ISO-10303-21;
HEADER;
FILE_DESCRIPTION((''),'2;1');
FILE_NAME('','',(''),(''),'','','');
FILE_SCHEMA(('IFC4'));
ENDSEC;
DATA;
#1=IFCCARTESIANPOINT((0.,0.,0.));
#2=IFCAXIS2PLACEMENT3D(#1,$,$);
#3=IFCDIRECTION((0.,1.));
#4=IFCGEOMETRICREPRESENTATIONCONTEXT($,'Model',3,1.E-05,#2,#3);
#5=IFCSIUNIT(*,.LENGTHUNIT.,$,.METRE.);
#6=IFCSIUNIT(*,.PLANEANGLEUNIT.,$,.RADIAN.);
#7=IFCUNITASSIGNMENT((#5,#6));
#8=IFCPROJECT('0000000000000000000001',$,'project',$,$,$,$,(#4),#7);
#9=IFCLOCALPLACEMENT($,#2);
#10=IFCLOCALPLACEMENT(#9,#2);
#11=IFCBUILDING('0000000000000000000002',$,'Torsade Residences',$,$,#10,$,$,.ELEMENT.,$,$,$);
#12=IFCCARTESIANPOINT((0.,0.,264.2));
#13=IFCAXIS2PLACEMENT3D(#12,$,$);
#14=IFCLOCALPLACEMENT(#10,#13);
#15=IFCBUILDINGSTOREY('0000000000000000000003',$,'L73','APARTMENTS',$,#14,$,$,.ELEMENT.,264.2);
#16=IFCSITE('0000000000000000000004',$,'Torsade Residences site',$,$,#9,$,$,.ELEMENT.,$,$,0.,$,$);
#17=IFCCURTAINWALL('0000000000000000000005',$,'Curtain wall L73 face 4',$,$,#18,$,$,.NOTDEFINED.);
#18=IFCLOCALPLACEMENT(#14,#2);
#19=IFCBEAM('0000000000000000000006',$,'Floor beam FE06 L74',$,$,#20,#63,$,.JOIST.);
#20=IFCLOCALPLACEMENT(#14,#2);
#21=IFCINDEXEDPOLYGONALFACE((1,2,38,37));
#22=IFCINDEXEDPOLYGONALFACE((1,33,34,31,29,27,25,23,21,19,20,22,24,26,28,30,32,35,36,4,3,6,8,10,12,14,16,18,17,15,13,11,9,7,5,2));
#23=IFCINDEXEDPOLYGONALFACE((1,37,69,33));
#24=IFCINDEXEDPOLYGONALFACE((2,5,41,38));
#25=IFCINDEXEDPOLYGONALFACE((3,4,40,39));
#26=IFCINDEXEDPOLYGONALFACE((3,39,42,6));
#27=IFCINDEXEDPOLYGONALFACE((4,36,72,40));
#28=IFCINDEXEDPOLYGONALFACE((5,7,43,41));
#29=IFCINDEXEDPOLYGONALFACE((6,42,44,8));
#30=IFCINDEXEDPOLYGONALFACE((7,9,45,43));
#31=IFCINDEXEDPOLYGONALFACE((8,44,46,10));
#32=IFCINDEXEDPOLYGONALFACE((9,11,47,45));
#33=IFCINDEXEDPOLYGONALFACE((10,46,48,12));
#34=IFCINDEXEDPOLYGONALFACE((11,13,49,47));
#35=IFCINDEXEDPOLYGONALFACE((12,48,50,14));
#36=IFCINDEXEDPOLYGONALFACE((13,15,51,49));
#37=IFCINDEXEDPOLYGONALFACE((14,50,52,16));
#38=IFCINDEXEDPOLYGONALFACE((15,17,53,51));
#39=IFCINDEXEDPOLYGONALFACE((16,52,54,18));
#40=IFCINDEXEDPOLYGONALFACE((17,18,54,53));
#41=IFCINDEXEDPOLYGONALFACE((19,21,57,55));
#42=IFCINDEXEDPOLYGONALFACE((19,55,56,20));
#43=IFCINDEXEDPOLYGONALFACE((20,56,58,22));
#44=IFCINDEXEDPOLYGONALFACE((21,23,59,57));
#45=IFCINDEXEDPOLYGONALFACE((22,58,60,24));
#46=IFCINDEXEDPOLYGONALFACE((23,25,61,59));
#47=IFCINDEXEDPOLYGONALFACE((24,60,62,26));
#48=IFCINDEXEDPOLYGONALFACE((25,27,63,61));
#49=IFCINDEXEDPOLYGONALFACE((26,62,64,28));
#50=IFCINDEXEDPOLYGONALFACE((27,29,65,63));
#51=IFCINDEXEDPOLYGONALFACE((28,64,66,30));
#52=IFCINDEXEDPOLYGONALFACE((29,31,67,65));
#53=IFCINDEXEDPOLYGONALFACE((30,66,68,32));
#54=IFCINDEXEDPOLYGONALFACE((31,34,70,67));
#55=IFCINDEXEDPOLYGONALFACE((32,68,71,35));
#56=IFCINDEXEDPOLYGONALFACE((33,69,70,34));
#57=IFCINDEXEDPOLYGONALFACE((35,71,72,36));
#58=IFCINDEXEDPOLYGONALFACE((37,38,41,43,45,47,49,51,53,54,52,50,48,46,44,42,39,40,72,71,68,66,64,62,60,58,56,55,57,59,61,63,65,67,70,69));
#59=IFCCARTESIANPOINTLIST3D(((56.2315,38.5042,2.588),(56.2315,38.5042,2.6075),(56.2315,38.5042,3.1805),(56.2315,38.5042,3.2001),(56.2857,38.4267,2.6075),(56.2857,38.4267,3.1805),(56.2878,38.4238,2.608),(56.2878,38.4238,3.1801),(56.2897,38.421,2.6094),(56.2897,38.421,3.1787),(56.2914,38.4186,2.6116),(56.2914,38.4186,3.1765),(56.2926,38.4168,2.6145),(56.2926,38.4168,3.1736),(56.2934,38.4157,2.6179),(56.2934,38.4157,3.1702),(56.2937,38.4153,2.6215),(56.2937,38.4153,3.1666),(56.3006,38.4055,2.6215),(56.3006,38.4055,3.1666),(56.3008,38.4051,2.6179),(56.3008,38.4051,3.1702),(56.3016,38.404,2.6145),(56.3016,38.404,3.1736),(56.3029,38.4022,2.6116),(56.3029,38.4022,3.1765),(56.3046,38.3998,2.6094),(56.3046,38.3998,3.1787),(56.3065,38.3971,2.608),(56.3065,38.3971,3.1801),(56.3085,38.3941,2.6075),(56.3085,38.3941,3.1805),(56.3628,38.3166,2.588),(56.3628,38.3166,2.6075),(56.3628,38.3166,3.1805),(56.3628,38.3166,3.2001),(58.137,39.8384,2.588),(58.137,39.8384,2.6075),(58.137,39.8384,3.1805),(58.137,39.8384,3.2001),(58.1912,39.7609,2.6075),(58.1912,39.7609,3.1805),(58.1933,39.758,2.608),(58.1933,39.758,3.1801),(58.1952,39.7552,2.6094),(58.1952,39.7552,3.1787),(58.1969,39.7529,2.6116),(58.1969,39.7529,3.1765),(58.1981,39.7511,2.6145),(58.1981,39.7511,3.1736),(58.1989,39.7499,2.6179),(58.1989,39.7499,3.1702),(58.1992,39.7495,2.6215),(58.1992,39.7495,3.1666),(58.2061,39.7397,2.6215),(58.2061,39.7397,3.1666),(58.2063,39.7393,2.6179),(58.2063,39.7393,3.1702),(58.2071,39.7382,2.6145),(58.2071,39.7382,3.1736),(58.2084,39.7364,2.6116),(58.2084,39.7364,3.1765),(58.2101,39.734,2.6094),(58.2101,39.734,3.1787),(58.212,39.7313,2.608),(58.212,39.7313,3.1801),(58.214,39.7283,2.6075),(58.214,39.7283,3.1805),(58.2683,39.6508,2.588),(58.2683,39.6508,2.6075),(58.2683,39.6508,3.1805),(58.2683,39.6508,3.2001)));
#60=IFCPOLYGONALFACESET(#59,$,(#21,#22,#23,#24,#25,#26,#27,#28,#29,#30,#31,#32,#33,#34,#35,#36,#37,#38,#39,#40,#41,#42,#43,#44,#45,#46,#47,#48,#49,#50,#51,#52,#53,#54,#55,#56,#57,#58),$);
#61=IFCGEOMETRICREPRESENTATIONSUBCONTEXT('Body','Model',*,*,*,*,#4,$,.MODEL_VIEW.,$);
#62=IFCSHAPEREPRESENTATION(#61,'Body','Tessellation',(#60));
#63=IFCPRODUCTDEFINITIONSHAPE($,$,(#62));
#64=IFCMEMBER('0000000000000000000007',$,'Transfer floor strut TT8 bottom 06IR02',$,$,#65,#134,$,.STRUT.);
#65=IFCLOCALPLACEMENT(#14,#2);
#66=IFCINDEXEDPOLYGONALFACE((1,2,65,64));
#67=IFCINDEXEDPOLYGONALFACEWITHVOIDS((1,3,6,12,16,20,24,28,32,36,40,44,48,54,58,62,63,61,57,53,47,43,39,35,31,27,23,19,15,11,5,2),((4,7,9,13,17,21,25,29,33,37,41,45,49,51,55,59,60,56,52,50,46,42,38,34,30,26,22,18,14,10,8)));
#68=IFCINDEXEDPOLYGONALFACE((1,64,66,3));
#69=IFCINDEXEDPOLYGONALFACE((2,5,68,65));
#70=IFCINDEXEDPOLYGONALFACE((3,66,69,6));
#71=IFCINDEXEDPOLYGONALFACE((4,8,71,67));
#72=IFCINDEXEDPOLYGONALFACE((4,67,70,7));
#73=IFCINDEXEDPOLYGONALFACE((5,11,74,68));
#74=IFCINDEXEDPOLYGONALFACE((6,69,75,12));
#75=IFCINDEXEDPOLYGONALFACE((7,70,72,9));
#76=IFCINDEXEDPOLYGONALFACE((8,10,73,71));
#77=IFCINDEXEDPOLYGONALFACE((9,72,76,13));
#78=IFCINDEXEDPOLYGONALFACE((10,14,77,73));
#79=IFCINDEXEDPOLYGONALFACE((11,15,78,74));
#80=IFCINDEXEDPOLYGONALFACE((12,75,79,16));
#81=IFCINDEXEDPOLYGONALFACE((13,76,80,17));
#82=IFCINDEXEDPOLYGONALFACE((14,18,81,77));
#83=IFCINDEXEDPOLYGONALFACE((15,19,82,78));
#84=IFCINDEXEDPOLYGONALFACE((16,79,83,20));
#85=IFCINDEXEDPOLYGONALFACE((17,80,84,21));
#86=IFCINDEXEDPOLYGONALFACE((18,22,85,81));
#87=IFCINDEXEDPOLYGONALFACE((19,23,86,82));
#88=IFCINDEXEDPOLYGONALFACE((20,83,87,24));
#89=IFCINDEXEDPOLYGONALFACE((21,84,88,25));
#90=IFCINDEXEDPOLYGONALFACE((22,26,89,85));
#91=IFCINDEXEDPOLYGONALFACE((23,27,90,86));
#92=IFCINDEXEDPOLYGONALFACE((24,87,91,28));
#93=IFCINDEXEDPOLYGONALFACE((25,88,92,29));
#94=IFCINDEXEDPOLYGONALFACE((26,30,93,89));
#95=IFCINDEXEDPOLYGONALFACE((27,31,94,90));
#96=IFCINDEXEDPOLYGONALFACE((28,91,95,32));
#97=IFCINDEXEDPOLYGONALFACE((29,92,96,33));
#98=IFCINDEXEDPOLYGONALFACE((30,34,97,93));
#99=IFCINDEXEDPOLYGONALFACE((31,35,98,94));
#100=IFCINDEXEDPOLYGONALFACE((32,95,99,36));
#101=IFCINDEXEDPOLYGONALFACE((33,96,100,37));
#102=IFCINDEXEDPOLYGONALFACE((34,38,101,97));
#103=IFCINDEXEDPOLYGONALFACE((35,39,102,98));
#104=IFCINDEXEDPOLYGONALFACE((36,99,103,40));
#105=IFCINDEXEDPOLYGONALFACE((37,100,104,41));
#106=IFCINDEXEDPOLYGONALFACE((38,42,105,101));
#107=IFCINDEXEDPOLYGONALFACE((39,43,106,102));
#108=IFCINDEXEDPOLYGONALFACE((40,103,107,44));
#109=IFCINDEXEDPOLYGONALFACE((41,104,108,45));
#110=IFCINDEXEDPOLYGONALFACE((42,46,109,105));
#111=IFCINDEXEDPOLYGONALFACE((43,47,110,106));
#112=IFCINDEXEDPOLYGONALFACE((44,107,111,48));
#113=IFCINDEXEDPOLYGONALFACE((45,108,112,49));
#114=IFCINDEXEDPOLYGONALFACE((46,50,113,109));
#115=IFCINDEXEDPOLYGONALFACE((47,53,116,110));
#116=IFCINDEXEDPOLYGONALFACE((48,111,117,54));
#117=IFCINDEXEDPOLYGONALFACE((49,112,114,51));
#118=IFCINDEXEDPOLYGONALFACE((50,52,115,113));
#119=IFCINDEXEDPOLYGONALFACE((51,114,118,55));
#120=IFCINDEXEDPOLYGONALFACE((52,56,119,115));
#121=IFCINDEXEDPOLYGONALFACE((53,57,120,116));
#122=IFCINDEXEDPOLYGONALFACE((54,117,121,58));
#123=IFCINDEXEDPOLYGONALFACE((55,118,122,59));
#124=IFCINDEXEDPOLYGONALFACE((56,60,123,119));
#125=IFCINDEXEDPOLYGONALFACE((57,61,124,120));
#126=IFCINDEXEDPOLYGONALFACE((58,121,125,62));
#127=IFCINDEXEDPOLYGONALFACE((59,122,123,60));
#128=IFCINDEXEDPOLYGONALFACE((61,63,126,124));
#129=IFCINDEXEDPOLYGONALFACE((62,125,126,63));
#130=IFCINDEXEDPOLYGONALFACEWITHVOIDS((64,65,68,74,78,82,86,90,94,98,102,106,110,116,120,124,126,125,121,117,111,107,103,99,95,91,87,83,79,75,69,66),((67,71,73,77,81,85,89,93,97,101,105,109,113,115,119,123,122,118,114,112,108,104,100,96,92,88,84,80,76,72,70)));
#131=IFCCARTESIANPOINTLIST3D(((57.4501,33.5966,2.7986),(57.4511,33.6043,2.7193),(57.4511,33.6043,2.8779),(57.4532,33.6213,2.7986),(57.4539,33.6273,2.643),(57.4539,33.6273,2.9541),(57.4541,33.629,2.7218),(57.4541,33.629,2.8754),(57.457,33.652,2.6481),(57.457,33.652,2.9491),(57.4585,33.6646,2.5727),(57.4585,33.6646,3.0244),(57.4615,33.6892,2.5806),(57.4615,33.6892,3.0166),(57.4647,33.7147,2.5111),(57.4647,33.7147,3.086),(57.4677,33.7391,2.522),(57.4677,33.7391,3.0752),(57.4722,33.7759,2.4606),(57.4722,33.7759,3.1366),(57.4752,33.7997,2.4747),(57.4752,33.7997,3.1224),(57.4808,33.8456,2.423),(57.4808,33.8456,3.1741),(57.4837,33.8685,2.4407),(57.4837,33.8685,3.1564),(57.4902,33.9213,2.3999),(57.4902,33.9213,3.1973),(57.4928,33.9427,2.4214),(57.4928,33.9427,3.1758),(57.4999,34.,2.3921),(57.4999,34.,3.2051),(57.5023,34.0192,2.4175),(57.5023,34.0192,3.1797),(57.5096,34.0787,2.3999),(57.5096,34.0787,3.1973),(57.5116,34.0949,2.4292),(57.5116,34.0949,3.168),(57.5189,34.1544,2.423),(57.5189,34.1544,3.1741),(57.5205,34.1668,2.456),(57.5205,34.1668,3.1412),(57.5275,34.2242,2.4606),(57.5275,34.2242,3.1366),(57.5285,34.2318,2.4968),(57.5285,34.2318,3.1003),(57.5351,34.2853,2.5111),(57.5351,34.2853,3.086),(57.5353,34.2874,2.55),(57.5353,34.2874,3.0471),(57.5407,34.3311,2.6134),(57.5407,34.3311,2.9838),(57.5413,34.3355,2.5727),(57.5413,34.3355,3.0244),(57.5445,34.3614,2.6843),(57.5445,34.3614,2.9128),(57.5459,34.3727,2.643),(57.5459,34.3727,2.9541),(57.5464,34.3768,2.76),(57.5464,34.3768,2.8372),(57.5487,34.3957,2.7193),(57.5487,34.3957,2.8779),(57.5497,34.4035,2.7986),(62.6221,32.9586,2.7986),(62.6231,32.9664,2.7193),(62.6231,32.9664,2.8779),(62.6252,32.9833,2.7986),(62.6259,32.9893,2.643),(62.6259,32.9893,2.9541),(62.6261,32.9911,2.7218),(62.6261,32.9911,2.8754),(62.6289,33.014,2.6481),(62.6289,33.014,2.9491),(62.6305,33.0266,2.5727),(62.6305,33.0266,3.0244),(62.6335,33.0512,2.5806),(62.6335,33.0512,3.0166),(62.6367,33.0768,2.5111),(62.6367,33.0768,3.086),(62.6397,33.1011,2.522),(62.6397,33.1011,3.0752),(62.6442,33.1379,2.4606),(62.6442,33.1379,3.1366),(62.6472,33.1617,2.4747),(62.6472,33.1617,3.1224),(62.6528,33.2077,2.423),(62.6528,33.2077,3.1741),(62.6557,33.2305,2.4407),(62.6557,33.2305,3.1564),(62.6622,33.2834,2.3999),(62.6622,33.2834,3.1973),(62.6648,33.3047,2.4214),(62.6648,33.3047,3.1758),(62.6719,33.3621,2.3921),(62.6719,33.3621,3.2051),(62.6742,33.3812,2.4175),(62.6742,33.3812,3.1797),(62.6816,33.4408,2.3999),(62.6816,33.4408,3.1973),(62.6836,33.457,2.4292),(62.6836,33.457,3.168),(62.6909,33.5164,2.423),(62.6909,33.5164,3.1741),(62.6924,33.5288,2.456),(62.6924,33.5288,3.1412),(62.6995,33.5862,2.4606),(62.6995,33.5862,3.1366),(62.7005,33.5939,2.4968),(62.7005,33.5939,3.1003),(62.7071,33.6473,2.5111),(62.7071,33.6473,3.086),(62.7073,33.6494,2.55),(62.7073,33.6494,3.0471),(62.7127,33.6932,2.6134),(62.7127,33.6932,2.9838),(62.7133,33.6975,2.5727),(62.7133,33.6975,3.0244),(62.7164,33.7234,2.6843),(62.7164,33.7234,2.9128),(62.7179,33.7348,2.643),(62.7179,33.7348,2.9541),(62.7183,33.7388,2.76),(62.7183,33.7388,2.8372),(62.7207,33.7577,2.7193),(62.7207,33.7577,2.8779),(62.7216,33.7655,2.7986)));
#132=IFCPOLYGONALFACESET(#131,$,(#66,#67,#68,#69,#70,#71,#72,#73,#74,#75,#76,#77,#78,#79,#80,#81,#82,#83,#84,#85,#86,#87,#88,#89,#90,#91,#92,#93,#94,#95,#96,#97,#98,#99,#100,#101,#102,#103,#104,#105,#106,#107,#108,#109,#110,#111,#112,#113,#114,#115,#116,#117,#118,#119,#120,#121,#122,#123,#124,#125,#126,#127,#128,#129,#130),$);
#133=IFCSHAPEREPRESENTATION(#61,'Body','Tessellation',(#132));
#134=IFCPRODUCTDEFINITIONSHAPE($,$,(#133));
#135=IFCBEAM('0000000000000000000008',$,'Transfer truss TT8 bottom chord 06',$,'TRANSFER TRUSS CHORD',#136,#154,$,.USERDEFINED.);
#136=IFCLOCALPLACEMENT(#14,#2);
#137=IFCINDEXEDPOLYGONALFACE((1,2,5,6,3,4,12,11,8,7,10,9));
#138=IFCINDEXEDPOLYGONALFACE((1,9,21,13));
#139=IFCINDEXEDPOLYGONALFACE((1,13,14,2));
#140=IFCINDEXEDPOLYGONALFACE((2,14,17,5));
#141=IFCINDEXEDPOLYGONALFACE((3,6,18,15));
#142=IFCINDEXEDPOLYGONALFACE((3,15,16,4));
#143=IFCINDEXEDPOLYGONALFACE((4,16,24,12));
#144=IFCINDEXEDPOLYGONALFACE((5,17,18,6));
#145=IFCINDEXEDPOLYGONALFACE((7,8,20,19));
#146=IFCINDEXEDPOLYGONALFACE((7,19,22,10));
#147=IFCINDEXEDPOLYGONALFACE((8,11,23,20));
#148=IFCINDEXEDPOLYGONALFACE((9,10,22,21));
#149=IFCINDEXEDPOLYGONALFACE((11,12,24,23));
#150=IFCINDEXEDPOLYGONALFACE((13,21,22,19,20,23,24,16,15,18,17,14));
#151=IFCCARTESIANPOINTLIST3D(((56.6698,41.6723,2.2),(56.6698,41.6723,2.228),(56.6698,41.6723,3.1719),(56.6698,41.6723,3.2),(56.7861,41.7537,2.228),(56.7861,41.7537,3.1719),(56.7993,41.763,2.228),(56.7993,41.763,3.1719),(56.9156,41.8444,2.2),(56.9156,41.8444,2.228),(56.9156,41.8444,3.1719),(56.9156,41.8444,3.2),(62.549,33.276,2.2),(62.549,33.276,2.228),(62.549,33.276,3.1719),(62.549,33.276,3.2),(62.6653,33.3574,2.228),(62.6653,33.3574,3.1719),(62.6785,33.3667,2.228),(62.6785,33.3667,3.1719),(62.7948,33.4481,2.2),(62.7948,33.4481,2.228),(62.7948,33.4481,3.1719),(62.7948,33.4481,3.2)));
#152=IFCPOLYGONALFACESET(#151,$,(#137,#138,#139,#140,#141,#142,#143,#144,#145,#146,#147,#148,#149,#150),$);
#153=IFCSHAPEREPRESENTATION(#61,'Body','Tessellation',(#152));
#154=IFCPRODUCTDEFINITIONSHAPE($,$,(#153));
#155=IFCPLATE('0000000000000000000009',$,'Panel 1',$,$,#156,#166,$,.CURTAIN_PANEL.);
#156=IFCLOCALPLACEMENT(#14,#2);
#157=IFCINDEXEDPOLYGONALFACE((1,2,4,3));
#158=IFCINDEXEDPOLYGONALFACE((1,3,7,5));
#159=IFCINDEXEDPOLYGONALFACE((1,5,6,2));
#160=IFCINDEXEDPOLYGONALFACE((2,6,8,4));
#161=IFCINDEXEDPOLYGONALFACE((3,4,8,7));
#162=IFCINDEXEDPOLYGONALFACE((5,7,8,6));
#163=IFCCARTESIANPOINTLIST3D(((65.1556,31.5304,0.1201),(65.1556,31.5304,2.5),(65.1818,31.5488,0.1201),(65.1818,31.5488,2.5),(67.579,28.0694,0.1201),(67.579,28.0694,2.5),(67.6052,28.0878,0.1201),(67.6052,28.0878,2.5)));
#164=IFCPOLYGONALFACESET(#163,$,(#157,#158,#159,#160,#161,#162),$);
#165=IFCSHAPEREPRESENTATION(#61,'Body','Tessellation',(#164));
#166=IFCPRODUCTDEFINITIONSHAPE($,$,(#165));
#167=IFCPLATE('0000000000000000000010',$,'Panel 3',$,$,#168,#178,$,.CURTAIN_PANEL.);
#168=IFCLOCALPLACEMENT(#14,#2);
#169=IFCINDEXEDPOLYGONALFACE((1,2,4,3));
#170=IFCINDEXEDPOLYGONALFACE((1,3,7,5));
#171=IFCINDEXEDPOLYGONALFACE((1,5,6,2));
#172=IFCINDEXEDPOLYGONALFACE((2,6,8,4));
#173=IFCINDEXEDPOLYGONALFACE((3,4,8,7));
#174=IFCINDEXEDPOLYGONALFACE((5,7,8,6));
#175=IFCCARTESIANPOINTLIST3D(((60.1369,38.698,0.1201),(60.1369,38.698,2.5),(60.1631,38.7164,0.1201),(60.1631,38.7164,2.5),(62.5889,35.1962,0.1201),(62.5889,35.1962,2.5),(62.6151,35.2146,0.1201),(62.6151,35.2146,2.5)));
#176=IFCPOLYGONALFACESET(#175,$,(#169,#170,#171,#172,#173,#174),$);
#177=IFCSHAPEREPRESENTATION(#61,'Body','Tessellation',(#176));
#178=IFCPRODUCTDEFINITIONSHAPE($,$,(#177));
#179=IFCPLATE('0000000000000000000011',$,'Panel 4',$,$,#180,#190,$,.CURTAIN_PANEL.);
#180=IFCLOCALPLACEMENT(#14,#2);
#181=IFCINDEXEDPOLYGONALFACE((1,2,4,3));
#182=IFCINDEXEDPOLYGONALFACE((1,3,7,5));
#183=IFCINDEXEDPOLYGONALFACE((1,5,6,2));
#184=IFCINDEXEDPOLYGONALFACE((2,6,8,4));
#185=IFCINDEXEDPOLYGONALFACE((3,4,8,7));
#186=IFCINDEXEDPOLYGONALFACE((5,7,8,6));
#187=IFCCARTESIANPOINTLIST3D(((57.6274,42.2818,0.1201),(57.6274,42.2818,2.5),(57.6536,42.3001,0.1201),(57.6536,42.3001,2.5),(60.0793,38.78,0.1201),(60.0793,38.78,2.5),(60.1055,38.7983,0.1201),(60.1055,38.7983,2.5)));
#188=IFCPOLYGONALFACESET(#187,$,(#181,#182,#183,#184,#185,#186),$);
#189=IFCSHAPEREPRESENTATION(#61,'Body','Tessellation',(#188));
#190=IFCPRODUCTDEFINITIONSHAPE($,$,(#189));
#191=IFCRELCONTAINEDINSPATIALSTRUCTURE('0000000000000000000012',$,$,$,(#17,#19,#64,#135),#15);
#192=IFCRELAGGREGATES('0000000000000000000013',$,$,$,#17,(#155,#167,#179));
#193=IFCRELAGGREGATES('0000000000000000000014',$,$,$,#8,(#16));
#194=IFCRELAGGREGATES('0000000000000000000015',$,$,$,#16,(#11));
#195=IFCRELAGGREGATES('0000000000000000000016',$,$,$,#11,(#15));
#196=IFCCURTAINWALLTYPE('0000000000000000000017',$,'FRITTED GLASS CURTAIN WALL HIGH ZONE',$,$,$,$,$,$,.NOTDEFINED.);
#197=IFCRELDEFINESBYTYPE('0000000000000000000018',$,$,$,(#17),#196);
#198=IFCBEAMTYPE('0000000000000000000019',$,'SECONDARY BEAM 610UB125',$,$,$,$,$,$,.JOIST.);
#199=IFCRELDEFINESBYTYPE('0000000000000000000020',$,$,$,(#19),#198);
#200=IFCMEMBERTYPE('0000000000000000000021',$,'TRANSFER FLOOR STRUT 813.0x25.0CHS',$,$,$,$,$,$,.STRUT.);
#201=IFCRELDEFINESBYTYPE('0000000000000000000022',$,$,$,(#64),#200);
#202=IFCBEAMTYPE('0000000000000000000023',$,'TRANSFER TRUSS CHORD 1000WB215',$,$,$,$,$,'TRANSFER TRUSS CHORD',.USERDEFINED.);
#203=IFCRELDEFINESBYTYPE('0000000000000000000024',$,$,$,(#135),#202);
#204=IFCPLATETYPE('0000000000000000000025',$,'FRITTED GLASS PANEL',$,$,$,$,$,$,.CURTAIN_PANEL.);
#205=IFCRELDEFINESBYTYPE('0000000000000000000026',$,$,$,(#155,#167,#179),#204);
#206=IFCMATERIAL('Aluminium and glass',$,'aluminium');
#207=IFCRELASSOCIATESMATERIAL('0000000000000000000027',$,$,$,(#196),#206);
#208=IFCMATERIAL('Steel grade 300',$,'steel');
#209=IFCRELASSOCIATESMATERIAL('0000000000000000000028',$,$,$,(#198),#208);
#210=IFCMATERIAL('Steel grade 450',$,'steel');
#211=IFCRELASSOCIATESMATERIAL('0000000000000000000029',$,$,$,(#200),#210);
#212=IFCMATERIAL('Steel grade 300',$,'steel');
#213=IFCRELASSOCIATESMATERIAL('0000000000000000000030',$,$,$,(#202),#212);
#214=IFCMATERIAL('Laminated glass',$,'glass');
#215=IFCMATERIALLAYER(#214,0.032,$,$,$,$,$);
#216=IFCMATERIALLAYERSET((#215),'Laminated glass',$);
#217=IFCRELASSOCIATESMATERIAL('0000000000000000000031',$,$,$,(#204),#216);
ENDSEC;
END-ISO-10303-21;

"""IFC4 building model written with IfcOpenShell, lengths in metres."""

from ifc_helpers import new_model, si_unit, direction, frame, origin, origin_2d, place, context, subcontext, project, spatial, rectangle, hollow_circle, i_section, extrude, material, layer, layer_set, material_profile, profile_set, type_object, element, aggregate, save


model = new_model("IFC4")

# Units and contexts
model_context = context("Model", 3, precision=1e-05, world=origin(), true_north=direction((0.0, 1.0)))
body_context = subcontext(model_context, "Body", "Model", "MODEL_VIEW")
ifc_project = project(units=[si_unit("LENGTHUNIT", "METRE"), si_unit("PLANEANGLEUNIT", "RADIAN")], contexts=[model_context])

# Site, building, storey
site_placement = place(None, origin())
site = spatial("IfcSite", under=ifc_project, at=site_placement, Name="Torsade Residences site", CompositionType="ELEMENT", RefElevation=0.0)
building_placement = place(site_placement, origin())
building = spatial("IfcBuilding", under=site, at=building_placement, Name="Torsade Residences", CompositionType="ELEMENT")
storey_placement = place(building_placement, frame((0.0, 0.0, 264.2)))
storey = spatial("IfcBuildingStorey", under=building, at=storey_placement, Name="L73", Description="APARTMENTS", CompositionType="ELEMENT", Elevation=264.2)

# Curtain wall
ifc_material_1 = material(Name="Aluminium and glass", Category="aluminium")
curtain_wall_type = type_object("IfcCurtainWallType", Name="FRITTED GLASS CURTAIN WALL HIGH ZONE", PredefinedType="NOTDEFINED", material=ifc_material_1)
curtain_wall_placement = place(storey_placement, origin())
curtain_wall = element("IfcCurtainWall", 1, at=curtain_wall_placement, inside=storey, type_object=curtain_wall_type, Name="Curtain wall L73 face 4", PredefinedType="NOTDEFINED")

# Beam
ifc_material_2 = material(Name="Steel grade 300", Category="steel")
ifc_material_profile_1 = material_profile(ifc_material_2, i_section(OverallWidth=0.229, OverallDepth=0.6121, WebThickness=0.012, FlangeThickness=0.0195, FilletRadius=0.0139, at=origin_2d()), Name="610UB125")
ifc_profile_set_1 = profile_set([ifc_material_profile_1], Name="Steel grade 300")
beam_type_1 = type_object("IfcBeamType", Name="SECONDARY BEAM 610UB125", PredefinedType="JOIST", material=ifc_profile_set_1)
beam_1_placement = place(storey_placement, frame((58.2026, 39.7446, 2.894), z_axis=(-0.819158, -0.573568, 0.0), x_axis=(0.573568, -0.819158, 0.0)))
element("IfcBeam", 2, at=beam_1_placement, inside=storey, type_object=beam_type_1, Name="Floor beam FE06 L74", PredefinedType="JOIST", context=body_context, shape_type="SweptSolid", body=[
    extrude(i_section(OverallWidth=0.229, OverallDepth=0.6121, WebThickness=0.012, FlangeThickness=0.0195, FilletRadius=0.0139, at=origin_2d()), origin(), (0.0, 0.0, 1.0), 2.3262),
])

# Member
ifc_material_3 = material(Name="Steel grade 450", Category="steel")
ifc_material_profile_2 = material_profile(ifc_material_3, hollow_circle(Radius=0.4065, WallThickness=0.0249, at=origin_2d()), Name="813.0x25.0CHS")
ifc_profile_set_2 = profile_set([ifc_material_profile_2], Name="Steel grade 450")
member_type_1 = type_object("IfcMemberType", Name="TRANSFER FLOOR STRUT 813.0x25.0CHS", PredefinedType="STRUT", material=ifc_profile_set_2)
member_1_placement = place(storey_placement, frame((62.6719, 33.3621, 2.7986), z_axis=(-0.992478, 0.12242, 0.0), x_axis=(-0.12242, -0.992478, 0.0)))
element("IfcMember", 3, at=member_1_placement, inside=storey, type_object=member_type_1, Name="Transfer floor strut TT8 bottom 06IR02", PredefinedType="STRUT", context=body_context, shape_type="SweptSolid", body=[
    extrude(hollow_circle(Radius=0.4065, WallThickness=0.0249, at=origin_2d()), origin(), (0.0, 0.0, 1.0), 5.2112),
])

# Beam
ifc_material_4 = material(Name="Steel grade 300", Category="steel")
ifc_material_profile_3 = material_profile(ifc_material_4, i_section(OverallWidth=0.3, OverallDepth=1.0, WebThickness=0.0161, FlangeThickness=0.0281, at=origin_2d()), Name="1000WB215")
ifc_profile_set_3 = profile_set([ifc_material_profile_3], Name="Steel grade 300")
beam_type_2 = type_object("IfcBeamType", Name="TRANSFER TRUSS CHORD 1000WB215", ElementType="TRANSFER TRUSS CHORD", PredefinedType="USERDEFINED", material=ifc_profile_set_3)
beam_2_placement = place(storey_placement, frame((62.6719, 33.3621, 2.7), z_axis=(-0.573579, 0.81915, 0.0), x_axis=(-0.81915, -0.573579, 0.0)))
element("IfcBeam", 4, at=beam_2_placement, inside=storey, type_object=beam_type_2, Name="Transfer truss TT8 bottom chord 06", ObjectType="TRANSFER TRUSS CHORD", PredefinedType="USERDEFINED", context=body_context, shape_type="SweptSolid", body=[
    extrude(i_section(OverallWidth=0.3, OverallDepth=1.0, WebThickness=0.0161, FlangeThickness=0.0281, at=origin_2d()), origin(), (0.0, 0.0, 1.0), 10.25),
])

# Plates
ifc_material_5 = material(Name="Laminated glass", Category="glass")
ifc_layer_1 = layer(ifc_material_5, 0.032)
ifc_layer_set_1 = layer_set([ifc_layer_1], Name="Laminated glass")
plate_type_1 = type_object("IfcPlateType", Name="FRITTED GLASS PANEL", PredefinedType="CURTAIN_PANEL", material=ifc_layer_set_1)
plate_1_placement = place(storey_placement, frame((66.3804, 29.8091, 0.1201), z_axis=(0.0, 0.0, 1.0), x_axis=(-0.573576, 0.819152, 0.0)))
plate_1 = element("IfcPlate", 5, at=plate_1_placement, type_object=plate_type_1, Name="Panel 1", PredefinedType="CURTAIN_PANEL", context=body_context, shape_type="SweptSolid", body=[
    extrude(rectangle(XDim=4.2251, YDim=0.032, at=origin_2d()), origin(), (0.0, 0.0, 1.0), 2.3799),
])
plate_2_placement = place(storey_placement, frame((61.376, 36.9563, 0.1201), z_axis=(0.0, 0.0, 1.0), x_axis=(-0.573576, 0.819152, 0.0)))
plate_2 = element("IfcPlate", 6, at=plate_2_placement, type_object=plate_type_1, Name="Panel 3", PredefinedType="CURTAIN_PANEL", context=body_context, shape_type="SweptSolid", body=[
    extrude(rectangle(XDim=4.2749, YDim=0.032, at=origin_2d()), origin(), (0.0, 0.0, 1.0), 2.3799),
])
plate_3_placement = place(storey_placement, frame((58.8665, 40.54, 0.1201), z_axis=(0.0, 0.0, 1.0), x_axis=(-0.573576, 0.819152, 0.0)))
plate_3 = element("IfcPlate", 7, at=plate_3_placement, type_object=plate_type_1, Name="Panel 4", PredefinedType="CURTAIN_PANEL", context=body_context, shape_type="SweptSolid", body=[
    extrude(rectangle(XDim=4.2749, YDim=0.032, at=origin_2d()), origin(), (0.0, 0.0, 1.0), 2.3799),
])
aggregate(curtain_wall, [plate_1, plate_2, plate_3])

save(model, "model.ifc")
